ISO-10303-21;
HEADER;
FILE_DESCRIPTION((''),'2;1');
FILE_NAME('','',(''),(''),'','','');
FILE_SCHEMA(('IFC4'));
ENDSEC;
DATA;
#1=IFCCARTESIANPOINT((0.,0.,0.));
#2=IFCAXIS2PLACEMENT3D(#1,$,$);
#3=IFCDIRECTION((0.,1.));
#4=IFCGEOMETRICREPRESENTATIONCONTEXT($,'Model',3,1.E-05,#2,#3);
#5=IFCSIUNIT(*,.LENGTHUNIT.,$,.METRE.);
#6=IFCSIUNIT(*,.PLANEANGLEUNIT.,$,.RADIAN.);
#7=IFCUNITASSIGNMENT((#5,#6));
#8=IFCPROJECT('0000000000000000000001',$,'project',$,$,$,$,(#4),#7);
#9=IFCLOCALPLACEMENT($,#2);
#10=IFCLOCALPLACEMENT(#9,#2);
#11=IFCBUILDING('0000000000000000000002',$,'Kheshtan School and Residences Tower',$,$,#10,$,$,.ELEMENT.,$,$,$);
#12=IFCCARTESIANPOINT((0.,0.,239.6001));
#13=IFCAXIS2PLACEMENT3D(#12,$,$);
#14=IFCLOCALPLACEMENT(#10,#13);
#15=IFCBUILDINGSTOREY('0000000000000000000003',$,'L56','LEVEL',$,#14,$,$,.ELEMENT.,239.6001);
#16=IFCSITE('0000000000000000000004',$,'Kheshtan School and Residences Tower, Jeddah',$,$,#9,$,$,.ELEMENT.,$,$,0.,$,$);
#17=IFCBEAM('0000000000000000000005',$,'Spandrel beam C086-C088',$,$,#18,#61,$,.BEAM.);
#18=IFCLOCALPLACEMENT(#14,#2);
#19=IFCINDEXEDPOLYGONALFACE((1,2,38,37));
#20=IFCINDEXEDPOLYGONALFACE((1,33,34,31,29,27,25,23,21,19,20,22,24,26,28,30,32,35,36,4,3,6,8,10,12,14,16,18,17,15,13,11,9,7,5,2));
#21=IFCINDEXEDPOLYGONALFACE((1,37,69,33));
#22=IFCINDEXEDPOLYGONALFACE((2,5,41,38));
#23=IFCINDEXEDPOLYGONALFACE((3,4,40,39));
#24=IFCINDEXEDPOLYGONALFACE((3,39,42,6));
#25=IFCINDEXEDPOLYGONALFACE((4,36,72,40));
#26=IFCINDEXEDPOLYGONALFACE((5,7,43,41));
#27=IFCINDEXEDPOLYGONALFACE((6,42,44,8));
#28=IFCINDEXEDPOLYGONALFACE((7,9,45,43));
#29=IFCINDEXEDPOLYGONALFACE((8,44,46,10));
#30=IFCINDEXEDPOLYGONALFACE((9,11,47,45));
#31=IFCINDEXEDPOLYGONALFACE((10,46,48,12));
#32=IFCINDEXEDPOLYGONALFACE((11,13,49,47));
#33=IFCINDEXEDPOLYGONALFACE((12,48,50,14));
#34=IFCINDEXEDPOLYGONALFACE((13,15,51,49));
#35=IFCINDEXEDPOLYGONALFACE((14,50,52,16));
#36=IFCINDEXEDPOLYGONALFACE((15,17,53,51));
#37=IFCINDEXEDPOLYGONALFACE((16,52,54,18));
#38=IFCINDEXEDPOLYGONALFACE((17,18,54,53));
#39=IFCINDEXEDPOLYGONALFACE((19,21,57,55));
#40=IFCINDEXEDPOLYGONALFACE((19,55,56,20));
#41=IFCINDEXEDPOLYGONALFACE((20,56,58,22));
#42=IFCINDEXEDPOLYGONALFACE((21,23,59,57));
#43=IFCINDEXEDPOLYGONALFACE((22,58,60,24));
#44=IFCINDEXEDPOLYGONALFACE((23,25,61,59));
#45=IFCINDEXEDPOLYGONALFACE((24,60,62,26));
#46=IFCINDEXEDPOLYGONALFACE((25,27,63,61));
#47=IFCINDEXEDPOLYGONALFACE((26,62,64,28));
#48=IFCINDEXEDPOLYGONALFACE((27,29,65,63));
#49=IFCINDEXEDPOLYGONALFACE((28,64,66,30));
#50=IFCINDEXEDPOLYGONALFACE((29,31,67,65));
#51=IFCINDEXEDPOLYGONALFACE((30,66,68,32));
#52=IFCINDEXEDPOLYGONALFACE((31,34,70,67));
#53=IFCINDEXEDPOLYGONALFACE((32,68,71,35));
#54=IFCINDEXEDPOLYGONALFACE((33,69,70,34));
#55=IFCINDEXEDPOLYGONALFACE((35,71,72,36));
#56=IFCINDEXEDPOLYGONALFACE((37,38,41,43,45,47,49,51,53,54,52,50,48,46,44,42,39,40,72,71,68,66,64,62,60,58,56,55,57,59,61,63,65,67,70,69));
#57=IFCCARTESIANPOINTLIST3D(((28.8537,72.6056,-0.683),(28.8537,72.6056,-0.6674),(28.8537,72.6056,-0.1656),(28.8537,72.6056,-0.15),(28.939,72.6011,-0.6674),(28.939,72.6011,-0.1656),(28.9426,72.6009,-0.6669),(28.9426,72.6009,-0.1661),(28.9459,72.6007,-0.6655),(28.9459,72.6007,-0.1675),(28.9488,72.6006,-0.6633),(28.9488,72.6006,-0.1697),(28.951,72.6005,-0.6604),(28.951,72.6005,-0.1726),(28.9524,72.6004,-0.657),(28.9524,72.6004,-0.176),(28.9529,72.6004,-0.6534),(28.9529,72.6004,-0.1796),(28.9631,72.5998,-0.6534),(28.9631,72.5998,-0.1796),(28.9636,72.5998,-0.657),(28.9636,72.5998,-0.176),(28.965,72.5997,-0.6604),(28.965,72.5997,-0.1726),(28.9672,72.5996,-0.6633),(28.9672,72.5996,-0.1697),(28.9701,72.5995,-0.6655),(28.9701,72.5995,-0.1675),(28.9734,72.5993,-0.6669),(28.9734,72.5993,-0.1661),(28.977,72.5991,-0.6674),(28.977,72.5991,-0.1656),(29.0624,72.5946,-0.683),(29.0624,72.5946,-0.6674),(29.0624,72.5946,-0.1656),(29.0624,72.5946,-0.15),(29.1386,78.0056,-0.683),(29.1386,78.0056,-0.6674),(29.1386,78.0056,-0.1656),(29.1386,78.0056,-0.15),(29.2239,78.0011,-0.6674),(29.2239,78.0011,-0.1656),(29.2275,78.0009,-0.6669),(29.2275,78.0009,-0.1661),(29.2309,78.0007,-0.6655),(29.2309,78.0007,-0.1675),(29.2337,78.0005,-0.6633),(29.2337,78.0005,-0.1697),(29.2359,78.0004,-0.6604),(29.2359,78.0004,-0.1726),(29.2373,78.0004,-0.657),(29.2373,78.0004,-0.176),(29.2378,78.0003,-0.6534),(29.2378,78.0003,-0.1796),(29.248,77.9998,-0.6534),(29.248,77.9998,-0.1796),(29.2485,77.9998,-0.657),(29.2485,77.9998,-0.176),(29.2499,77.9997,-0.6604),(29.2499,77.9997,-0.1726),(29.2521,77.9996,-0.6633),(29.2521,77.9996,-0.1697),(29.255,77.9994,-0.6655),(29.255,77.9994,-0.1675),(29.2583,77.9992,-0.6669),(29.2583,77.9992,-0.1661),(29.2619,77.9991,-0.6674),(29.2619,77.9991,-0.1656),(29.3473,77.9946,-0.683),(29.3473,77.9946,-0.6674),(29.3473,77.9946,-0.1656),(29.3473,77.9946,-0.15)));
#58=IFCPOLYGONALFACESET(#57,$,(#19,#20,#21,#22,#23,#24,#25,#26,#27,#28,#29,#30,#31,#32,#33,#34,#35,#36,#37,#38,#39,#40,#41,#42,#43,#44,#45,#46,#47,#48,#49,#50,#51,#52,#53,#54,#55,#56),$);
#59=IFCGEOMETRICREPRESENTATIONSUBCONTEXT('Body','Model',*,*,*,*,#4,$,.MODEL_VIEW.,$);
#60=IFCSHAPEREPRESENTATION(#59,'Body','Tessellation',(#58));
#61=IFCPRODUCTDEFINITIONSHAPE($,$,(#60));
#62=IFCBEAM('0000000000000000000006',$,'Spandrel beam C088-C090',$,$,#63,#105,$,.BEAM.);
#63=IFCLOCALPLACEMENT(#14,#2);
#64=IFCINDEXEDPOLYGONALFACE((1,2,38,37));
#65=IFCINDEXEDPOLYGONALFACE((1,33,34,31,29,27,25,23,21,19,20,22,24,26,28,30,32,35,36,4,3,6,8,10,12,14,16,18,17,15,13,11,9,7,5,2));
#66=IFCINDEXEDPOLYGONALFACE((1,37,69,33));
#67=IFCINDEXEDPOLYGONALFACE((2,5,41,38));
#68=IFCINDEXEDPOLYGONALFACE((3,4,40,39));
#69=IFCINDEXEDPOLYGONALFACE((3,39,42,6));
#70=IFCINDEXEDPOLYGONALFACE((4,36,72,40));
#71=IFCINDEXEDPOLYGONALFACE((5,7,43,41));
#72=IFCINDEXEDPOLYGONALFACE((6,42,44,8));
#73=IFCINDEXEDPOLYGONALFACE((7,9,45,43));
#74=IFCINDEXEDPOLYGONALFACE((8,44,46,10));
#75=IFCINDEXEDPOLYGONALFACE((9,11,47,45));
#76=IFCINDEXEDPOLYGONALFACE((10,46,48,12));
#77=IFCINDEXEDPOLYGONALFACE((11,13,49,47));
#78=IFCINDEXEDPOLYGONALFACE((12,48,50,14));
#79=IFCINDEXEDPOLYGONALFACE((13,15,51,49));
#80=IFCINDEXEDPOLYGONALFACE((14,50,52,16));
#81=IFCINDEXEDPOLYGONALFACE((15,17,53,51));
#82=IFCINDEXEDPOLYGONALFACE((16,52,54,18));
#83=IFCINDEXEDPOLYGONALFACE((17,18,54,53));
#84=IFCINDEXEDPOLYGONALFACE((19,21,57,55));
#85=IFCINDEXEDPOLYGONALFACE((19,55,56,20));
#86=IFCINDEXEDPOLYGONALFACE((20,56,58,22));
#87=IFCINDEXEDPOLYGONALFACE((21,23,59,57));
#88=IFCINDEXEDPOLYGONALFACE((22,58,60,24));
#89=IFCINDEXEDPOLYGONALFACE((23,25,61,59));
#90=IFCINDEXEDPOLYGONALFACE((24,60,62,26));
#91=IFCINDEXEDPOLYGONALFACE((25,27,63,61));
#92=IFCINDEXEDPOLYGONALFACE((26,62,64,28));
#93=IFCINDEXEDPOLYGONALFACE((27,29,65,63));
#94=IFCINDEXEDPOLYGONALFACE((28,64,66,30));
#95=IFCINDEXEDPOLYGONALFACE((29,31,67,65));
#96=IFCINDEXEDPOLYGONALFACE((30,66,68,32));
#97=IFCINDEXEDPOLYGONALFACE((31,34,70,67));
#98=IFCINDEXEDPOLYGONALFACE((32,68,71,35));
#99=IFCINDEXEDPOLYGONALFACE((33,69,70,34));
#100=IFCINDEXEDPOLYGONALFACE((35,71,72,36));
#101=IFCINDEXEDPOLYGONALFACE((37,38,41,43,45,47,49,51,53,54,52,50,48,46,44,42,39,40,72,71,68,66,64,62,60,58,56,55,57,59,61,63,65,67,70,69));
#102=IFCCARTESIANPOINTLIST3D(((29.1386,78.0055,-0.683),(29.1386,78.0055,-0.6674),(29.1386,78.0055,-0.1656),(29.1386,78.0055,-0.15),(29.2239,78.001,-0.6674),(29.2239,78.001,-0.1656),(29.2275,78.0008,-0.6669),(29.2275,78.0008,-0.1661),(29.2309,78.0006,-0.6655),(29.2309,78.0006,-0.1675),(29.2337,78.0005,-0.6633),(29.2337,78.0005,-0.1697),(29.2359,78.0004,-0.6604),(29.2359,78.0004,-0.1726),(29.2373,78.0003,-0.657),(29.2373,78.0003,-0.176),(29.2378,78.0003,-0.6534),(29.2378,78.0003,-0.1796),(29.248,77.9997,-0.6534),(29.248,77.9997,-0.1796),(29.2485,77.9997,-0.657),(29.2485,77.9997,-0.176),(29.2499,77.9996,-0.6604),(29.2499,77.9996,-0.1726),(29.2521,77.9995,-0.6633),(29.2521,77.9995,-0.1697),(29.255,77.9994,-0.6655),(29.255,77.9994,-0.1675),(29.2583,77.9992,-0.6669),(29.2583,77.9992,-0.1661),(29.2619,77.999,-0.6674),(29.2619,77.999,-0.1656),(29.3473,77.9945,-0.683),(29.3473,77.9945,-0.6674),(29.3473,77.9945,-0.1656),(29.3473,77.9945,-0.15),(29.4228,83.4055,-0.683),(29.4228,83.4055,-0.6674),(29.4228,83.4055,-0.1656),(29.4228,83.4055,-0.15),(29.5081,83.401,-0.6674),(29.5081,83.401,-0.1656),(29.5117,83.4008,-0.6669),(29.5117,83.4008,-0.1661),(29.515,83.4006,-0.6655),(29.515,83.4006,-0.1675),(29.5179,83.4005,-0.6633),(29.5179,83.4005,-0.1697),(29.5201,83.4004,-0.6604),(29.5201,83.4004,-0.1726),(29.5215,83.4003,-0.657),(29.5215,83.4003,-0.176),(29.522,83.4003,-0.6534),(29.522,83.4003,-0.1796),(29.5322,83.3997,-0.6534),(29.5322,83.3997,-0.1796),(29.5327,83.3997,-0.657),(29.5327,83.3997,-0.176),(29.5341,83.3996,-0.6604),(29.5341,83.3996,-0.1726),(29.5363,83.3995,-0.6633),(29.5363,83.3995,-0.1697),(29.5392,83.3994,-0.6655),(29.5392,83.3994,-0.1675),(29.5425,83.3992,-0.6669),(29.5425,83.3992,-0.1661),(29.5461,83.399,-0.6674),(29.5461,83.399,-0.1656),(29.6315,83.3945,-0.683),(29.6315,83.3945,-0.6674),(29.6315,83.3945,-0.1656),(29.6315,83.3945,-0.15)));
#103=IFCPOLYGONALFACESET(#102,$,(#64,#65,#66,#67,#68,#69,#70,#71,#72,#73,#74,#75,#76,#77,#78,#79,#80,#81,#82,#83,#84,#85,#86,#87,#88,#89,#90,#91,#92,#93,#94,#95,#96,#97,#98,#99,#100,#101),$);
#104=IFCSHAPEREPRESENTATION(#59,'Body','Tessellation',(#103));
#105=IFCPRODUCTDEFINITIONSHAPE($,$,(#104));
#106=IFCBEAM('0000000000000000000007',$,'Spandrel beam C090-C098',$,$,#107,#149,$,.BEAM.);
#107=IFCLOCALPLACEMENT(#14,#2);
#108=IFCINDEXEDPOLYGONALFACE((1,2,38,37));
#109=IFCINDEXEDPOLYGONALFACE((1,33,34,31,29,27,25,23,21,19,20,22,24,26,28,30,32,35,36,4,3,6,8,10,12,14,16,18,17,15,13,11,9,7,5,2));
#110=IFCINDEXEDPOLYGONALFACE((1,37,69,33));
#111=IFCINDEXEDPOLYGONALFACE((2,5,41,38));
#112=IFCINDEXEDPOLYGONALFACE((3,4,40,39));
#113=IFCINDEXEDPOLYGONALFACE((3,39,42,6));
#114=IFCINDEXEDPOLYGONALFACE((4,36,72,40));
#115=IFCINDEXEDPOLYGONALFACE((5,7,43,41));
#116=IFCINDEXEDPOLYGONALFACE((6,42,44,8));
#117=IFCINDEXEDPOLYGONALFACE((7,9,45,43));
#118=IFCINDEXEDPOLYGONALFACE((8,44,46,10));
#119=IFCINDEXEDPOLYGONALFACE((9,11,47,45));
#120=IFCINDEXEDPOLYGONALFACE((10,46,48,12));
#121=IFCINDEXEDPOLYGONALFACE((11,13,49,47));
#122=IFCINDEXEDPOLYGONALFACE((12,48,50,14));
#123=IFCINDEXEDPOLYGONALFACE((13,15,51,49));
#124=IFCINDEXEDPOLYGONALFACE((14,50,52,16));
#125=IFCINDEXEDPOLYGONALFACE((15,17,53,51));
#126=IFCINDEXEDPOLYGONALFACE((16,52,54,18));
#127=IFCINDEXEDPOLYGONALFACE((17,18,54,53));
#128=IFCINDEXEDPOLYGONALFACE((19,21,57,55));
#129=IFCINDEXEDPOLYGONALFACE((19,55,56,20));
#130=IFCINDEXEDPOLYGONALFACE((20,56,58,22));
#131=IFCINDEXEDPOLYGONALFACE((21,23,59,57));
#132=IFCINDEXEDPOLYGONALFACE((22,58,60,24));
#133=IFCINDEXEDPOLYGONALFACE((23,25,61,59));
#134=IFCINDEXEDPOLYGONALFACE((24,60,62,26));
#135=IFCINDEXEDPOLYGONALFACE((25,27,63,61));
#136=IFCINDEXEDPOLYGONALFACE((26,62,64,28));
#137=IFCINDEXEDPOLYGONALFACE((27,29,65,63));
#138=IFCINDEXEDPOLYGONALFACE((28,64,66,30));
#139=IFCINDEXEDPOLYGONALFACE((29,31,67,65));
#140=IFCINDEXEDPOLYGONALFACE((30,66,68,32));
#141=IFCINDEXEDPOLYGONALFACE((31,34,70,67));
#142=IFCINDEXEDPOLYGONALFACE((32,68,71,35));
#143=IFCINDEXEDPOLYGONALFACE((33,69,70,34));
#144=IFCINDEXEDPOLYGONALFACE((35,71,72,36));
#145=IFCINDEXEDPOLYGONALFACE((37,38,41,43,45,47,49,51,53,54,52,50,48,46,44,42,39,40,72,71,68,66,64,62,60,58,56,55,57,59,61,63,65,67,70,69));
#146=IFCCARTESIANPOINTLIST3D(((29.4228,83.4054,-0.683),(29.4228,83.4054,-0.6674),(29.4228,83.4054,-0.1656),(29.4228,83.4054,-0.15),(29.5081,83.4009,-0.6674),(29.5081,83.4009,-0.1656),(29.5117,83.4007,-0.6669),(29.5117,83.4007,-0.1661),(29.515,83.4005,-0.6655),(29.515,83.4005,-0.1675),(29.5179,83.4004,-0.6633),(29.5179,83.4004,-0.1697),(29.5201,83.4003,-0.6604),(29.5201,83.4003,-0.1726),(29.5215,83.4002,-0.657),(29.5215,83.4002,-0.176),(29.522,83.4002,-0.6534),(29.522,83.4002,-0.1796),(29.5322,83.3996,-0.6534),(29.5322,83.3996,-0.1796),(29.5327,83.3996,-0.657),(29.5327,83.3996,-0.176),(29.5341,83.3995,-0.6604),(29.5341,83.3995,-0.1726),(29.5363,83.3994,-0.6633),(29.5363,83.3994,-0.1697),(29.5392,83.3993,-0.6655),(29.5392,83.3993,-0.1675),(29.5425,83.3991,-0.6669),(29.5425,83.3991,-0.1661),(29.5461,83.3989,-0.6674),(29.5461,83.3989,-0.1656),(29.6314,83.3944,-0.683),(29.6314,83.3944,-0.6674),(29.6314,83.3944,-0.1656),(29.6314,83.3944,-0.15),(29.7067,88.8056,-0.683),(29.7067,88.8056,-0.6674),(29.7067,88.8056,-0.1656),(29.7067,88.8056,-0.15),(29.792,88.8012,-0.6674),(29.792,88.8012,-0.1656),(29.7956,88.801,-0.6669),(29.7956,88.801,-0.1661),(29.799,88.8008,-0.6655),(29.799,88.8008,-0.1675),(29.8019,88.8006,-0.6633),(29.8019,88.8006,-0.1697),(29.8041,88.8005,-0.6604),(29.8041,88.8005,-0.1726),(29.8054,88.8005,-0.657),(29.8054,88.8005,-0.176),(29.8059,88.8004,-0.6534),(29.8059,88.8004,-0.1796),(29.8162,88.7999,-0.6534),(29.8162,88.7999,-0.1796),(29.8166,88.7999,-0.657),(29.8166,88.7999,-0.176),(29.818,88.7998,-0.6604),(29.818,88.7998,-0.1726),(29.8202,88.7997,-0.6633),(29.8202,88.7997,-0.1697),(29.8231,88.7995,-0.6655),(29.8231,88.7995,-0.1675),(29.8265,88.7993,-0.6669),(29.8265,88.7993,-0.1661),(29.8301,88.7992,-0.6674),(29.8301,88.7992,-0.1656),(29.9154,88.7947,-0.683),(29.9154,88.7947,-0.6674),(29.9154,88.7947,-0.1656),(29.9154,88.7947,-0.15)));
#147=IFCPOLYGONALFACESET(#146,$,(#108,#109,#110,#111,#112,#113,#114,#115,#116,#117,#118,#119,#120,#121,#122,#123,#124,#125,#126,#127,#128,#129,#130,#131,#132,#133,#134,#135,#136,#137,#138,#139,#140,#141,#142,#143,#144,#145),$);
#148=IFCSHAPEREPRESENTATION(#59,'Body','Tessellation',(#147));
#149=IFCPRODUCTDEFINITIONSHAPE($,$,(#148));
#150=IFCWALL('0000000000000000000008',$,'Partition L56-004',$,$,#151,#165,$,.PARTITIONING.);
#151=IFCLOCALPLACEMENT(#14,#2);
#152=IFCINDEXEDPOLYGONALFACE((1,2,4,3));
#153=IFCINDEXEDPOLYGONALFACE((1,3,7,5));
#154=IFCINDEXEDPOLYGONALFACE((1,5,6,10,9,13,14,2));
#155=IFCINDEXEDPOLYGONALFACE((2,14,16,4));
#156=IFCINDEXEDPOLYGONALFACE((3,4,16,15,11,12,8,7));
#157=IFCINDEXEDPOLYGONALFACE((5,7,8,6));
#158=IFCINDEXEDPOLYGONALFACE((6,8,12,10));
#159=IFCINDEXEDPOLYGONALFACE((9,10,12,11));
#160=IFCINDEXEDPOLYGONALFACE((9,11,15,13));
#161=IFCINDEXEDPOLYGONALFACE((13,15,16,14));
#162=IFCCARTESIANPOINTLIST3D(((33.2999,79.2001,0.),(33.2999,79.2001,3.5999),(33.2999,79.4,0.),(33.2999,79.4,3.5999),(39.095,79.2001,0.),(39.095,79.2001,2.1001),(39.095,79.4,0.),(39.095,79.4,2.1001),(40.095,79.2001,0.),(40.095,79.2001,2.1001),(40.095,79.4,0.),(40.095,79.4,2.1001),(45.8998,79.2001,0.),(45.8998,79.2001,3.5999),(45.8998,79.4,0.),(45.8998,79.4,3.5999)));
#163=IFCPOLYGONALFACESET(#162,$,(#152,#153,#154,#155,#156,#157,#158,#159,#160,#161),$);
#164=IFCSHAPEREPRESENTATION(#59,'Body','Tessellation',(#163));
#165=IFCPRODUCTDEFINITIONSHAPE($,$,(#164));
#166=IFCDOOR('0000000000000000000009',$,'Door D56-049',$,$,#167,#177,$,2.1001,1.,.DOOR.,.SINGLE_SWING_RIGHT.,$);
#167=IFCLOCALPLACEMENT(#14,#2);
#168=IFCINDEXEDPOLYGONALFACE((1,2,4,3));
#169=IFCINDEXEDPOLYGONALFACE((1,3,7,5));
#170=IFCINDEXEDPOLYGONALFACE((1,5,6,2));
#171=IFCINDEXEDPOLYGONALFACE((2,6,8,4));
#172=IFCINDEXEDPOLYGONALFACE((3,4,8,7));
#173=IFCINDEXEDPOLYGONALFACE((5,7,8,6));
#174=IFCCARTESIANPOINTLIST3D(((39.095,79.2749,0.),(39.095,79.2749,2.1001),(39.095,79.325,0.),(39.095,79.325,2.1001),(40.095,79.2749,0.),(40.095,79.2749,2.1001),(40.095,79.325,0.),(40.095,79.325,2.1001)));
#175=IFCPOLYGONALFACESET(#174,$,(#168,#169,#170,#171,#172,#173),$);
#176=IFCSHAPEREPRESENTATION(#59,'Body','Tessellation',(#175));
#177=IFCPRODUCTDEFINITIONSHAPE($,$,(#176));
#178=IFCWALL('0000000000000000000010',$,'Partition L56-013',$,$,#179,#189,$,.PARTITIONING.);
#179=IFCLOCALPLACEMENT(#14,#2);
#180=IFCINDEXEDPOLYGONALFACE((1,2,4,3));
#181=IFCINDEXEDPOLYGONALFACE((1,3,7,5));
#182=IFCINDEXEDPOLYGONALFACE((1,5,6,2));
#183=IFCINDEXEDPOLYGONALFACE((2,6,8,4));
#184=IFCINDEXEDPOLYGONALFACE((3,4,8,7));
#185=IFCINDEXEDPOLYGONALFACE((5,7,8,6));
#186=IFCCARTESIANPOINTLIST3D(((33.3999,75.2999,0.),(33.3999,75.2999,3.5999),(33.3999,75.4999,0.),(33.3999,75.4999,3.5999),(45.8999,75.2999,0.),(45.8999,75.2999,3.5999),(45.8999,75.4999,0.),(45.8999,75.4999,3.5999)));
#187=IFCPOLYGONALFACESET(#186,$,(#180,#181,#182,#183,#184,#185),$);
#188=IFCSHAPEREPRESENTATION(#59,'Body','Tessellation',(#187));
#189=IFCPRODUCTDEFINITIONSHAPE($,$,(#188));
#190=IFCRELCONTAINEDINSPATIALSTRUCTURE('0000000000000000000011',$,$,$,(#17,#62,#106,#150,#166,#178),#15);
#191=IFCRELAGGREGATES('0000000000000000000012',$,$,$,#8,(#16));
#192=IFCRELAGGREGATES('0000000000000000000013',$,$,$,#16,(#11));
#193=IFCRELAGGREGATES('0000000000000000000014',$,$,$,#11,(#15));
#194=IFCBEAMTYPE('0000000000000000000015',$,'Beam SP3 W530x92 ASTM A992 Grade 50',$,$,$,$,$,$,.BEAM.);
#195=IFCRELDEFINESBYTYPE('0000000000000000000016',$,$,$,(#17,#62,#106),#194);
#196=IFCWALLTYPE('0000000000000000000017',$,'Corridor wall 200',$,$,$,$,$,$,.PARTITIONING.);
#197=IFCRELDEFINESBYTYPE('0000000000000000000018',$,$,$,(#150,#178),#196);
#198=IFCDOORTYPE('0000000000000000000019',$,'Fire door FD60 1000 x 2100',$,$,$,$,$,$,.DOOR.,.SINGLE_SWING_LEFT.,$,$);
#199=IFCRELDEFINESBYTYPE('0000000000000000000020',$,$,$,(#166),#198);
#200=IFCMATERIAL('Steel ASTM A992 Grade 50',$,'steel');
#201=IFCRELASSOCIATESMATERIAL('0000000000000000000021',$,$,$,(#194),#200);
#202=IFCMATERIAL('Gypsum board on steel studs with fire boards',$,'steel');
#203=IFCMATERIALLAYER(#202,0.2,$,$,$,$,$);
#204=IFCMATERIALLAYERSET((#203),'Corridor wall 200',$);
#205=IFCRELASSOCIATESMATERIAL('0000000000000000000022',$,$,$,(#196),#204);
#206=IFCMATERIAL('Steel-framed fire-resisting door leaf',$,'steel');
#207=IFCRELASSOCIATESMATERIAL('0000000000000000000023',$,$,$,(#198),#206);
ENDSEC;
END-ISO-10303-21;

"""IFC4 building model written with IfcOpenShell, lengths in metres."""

from ifc_helpers import new_model, si_unit, direction, frame, frame_2d, origin, origin_2d, place, context, subcontext, project, spatial, rectangle, i_section, extrude, source, transform, mapped, material, layer, layer_set, material_profile, profile_set, type_object, element, fill, save


model = new_model("IFC4")

# Units and contexts
model_context = context("Model", 3, precision=1e-05, world=origin(), true_north=direction((0.0, 1.0)))
body_context = subcontext(model_context, "Body", "Model", "MODEL_VIEW")
ifc_project = project(units=[si_unit("LENGTHUNIT", "METRE"), si_unit("PLANEANGLEUNIT", "RADIAN")], contexts=[model_context])

# Site, building, storey
site_placement = place(None, origin())
site = spatial("IfcSite", under=ifc_project, at=site_placement, Name="Kheshtan School and Residences Tower, Jeddah", CompositionType="ELEMENT", RefElevation=0.0)
building_placement = place(site_placement, origin())
building = spatial("IfcBuilding", under=site, at=building_placement, Name="Kheshtan School and Residences Tower", CompositionType="ELEMENT")
storey_placement = place(building_placement, frame((0.0, 0.0, 239.6001)))
storey = spatial("IfcBuildingStorey", under=building, at=storey_placement, Name="L56", Description="LEVEL", CompositionType="ELEMENT", Elevation=239.6001)

# Shared definitions
ifc_material_1 = material(Name="Steel ASTM A992 Grade 50", Category="steel")

# Beams
ifc_material_profile_1 = material_profile(ifc_material_1, i_section(OverallWidth=0.209, OverallDepth=0.533, WebThickness=0.0103, FlangeThickness=0.0156, FilletRadius=0.0139, at=origin_2d()), Name="W530x92")
ifc_profile_set_1 = profile_set([ifc_material_profile_1], Name="Steel ASTM A992 Grade 50")
beam_type_1 = type_object("IfcBeamType", Name="Beam SP3 W530x92 ASTM A992 Grade 50", PredefinedType="BEAM", material=ifc_profile_set_1)
for number, where, z_axis, x_axis, name in (
    (1, (28.958, 72.6001, -0.4165), (0.052689, 0.998611, 0.0), (-0.998611, 0.052689, 0.0), "Spandrel beam C086-C088"),
    (2, (29.2429, 78.0, -0.4165), (0.052554, 0.998618, 0.0), (-0.998618, 0.052554, 0.0), "Spandrel beam C088-C090"),
):
    element("IfcBeam", number, at=place(storey_placement, frame(where, z_axis=z_axis, x_axis=x_axis)), inside=storey, type_object=beam_type_1, Name=name, PredefinedType="BEAM", context=body_context, shape_type="SweptSolid", body=[
        extrude(i_section(OverallWidth=0.209, OverallDepth=0.533, WebThickness=0.0103, FlangeThickness=0.0156, FilletRadius=0.0139, at=origin_2d()), origin(), (0.0, 0.0, 1.0), 5.4075),
    ])
beam_1_placement = place(storey_placement, frame((29.5271, 83.3999, -0.4165), z_axis=(0.052507, 0.998621, 0.0), x_axis=(-0.998621, 0.052507, 0.0)))
element("IfcBeam", 3, at=beam_1_placement, inside=storey, type_object=beam_type_1, Name="Spandrel beam C090-C098", PredefinedType="BEAM", context=body_context, shape_type="SweptSolid", body=[
    extrude(i_section(OverallWidth=0.209, OverallDepth=0.533, WebThickness=0.0103, FlangeThickness=0.0156, FilletRadius=0.0139, at=origin_2d()), origin(), (0.0, 0.0, 1.0), 5.4077),
])

# Wall, opening, door
ifc_material_2 = material(Name="Gypsum board on steel studs with fire boards", Category="steel")
ifc_layer_1 = layer(ifc_material_2, 0.2)
ifc_layer_set_1 = layer_set([ifc_layer_1], Name="Corridor wall 200")
wall_type_1 = type_object("IfcWallType", Name="Corridor wall 200", PredefinedType="PARTITIONING", material=ifc_layer_set_1)
wall_1_placement = place(storey_placement, frame((33.3, 79.3, 0.0), z_axis=(0.0, 0.0, 1.0), x_axis=(1.0, 0.0, 0.0)))
wall_1 = element("IfcWall", 4, at=wall_1_placement, inside=storey, type_object=wall_type_1, Name="Partition L56-004", PredefinedType="PARTITIONING", context=body_context, shape_type="SweptSolid", body=[
    extrude(rectangle(XDim=12.5999, YDim=0.2, at=frame_2d((6.2998, 0.0))), origin(), (0.0, 0.0, 1.0), 3.5999),
])
opening_1_placement = place(wall_1_placement, frame((5.7949, 0.0, 0.0)))
opening_1 = element("IfcOpeningElement", 5, at=opening_1_placement, cuts=wall_1, PredefinedType="OPENING", context=body_context, shape_type="SweptSolid", body=[
    extrude(rectangle(XDim=1.0, YDim=2.1001, at=frame_2d((0.5, 1.05))), frame((0.0, 0.1099, 0.0), z_axis=(0.0, -1.0, 0.0), x_axis=(1.0, 0.0, 0.0)), (0.0, 0.0, 1.0), 0.22),
])
ifc_material_3 = material(Name="Steel-framed fire-resisting door leaf", Category="steel")
door_type_1 = type_object("IfcDoorType", Name="Fire door FD60 1000 x 2100", OperationType="SINGLE_SWING_LEFT", PredefinedType="DOOR", material=ifc_material_3)
shared_shape_1 = source(origin(), body_context, "Body", "SweptSolid", [
    extrude(rectangle(XDim=1.0, YDim=2.1001, at=frame_2d((0.5, 1.05))), frame((0.0, 0.0249, 0.0), z_axis=(0.0, -1.0, 0.0), x_axis=(1.0, 0.0, 0.0)), (0.0, 0.0, 1.0), 0.05),
])
door_1_placement = place(opening_1_placement, origin())
door_1 = element("IfcDoor", 6, at=door_1_placement, inside=storey, type_object=door_type_1, Name="Door D56-049", OperationType="SINGLE_SWING_RIGHT", OverallHeight=2.1001, OverallWidth=1.0, PredefinedType="DOOR", context=body_context, shape_type="MappedRepresentation", body=[
    mapped(shared_shape_1, transform((0.0, 0.0, 0.0), x_axis=(1.0, 0.0, 0.0), y_axis=(0.0, 1.0, 0.0), z_axis=(0.0, 0.0, 1.0), scale=1.0)),
])
fill(opening_1, door_1)

# Wall
wall_2_placement = place(storey_placement, frame((33.3999, 75.3999, 0.0), z_axis=(0.0, 0.0, 1.0), x_axis=(1.0, 0.0, 0.0)))
element("IfcWall", 7, at=wall_2_placement, inside=storey, type_object=wall_type_1, Name="Partition L56-013", PredefinedType="PARTITIONING", context=body_context, shape_type="SweptSolid", body=[
    extrude(rectangle(XDim=12.5, YDim=0.2, at=frame_2d((6.25, 0.0))), origin(), (0.0, 0.0, 1.0), 3.5999),
])

save(model, "model.ifc")
